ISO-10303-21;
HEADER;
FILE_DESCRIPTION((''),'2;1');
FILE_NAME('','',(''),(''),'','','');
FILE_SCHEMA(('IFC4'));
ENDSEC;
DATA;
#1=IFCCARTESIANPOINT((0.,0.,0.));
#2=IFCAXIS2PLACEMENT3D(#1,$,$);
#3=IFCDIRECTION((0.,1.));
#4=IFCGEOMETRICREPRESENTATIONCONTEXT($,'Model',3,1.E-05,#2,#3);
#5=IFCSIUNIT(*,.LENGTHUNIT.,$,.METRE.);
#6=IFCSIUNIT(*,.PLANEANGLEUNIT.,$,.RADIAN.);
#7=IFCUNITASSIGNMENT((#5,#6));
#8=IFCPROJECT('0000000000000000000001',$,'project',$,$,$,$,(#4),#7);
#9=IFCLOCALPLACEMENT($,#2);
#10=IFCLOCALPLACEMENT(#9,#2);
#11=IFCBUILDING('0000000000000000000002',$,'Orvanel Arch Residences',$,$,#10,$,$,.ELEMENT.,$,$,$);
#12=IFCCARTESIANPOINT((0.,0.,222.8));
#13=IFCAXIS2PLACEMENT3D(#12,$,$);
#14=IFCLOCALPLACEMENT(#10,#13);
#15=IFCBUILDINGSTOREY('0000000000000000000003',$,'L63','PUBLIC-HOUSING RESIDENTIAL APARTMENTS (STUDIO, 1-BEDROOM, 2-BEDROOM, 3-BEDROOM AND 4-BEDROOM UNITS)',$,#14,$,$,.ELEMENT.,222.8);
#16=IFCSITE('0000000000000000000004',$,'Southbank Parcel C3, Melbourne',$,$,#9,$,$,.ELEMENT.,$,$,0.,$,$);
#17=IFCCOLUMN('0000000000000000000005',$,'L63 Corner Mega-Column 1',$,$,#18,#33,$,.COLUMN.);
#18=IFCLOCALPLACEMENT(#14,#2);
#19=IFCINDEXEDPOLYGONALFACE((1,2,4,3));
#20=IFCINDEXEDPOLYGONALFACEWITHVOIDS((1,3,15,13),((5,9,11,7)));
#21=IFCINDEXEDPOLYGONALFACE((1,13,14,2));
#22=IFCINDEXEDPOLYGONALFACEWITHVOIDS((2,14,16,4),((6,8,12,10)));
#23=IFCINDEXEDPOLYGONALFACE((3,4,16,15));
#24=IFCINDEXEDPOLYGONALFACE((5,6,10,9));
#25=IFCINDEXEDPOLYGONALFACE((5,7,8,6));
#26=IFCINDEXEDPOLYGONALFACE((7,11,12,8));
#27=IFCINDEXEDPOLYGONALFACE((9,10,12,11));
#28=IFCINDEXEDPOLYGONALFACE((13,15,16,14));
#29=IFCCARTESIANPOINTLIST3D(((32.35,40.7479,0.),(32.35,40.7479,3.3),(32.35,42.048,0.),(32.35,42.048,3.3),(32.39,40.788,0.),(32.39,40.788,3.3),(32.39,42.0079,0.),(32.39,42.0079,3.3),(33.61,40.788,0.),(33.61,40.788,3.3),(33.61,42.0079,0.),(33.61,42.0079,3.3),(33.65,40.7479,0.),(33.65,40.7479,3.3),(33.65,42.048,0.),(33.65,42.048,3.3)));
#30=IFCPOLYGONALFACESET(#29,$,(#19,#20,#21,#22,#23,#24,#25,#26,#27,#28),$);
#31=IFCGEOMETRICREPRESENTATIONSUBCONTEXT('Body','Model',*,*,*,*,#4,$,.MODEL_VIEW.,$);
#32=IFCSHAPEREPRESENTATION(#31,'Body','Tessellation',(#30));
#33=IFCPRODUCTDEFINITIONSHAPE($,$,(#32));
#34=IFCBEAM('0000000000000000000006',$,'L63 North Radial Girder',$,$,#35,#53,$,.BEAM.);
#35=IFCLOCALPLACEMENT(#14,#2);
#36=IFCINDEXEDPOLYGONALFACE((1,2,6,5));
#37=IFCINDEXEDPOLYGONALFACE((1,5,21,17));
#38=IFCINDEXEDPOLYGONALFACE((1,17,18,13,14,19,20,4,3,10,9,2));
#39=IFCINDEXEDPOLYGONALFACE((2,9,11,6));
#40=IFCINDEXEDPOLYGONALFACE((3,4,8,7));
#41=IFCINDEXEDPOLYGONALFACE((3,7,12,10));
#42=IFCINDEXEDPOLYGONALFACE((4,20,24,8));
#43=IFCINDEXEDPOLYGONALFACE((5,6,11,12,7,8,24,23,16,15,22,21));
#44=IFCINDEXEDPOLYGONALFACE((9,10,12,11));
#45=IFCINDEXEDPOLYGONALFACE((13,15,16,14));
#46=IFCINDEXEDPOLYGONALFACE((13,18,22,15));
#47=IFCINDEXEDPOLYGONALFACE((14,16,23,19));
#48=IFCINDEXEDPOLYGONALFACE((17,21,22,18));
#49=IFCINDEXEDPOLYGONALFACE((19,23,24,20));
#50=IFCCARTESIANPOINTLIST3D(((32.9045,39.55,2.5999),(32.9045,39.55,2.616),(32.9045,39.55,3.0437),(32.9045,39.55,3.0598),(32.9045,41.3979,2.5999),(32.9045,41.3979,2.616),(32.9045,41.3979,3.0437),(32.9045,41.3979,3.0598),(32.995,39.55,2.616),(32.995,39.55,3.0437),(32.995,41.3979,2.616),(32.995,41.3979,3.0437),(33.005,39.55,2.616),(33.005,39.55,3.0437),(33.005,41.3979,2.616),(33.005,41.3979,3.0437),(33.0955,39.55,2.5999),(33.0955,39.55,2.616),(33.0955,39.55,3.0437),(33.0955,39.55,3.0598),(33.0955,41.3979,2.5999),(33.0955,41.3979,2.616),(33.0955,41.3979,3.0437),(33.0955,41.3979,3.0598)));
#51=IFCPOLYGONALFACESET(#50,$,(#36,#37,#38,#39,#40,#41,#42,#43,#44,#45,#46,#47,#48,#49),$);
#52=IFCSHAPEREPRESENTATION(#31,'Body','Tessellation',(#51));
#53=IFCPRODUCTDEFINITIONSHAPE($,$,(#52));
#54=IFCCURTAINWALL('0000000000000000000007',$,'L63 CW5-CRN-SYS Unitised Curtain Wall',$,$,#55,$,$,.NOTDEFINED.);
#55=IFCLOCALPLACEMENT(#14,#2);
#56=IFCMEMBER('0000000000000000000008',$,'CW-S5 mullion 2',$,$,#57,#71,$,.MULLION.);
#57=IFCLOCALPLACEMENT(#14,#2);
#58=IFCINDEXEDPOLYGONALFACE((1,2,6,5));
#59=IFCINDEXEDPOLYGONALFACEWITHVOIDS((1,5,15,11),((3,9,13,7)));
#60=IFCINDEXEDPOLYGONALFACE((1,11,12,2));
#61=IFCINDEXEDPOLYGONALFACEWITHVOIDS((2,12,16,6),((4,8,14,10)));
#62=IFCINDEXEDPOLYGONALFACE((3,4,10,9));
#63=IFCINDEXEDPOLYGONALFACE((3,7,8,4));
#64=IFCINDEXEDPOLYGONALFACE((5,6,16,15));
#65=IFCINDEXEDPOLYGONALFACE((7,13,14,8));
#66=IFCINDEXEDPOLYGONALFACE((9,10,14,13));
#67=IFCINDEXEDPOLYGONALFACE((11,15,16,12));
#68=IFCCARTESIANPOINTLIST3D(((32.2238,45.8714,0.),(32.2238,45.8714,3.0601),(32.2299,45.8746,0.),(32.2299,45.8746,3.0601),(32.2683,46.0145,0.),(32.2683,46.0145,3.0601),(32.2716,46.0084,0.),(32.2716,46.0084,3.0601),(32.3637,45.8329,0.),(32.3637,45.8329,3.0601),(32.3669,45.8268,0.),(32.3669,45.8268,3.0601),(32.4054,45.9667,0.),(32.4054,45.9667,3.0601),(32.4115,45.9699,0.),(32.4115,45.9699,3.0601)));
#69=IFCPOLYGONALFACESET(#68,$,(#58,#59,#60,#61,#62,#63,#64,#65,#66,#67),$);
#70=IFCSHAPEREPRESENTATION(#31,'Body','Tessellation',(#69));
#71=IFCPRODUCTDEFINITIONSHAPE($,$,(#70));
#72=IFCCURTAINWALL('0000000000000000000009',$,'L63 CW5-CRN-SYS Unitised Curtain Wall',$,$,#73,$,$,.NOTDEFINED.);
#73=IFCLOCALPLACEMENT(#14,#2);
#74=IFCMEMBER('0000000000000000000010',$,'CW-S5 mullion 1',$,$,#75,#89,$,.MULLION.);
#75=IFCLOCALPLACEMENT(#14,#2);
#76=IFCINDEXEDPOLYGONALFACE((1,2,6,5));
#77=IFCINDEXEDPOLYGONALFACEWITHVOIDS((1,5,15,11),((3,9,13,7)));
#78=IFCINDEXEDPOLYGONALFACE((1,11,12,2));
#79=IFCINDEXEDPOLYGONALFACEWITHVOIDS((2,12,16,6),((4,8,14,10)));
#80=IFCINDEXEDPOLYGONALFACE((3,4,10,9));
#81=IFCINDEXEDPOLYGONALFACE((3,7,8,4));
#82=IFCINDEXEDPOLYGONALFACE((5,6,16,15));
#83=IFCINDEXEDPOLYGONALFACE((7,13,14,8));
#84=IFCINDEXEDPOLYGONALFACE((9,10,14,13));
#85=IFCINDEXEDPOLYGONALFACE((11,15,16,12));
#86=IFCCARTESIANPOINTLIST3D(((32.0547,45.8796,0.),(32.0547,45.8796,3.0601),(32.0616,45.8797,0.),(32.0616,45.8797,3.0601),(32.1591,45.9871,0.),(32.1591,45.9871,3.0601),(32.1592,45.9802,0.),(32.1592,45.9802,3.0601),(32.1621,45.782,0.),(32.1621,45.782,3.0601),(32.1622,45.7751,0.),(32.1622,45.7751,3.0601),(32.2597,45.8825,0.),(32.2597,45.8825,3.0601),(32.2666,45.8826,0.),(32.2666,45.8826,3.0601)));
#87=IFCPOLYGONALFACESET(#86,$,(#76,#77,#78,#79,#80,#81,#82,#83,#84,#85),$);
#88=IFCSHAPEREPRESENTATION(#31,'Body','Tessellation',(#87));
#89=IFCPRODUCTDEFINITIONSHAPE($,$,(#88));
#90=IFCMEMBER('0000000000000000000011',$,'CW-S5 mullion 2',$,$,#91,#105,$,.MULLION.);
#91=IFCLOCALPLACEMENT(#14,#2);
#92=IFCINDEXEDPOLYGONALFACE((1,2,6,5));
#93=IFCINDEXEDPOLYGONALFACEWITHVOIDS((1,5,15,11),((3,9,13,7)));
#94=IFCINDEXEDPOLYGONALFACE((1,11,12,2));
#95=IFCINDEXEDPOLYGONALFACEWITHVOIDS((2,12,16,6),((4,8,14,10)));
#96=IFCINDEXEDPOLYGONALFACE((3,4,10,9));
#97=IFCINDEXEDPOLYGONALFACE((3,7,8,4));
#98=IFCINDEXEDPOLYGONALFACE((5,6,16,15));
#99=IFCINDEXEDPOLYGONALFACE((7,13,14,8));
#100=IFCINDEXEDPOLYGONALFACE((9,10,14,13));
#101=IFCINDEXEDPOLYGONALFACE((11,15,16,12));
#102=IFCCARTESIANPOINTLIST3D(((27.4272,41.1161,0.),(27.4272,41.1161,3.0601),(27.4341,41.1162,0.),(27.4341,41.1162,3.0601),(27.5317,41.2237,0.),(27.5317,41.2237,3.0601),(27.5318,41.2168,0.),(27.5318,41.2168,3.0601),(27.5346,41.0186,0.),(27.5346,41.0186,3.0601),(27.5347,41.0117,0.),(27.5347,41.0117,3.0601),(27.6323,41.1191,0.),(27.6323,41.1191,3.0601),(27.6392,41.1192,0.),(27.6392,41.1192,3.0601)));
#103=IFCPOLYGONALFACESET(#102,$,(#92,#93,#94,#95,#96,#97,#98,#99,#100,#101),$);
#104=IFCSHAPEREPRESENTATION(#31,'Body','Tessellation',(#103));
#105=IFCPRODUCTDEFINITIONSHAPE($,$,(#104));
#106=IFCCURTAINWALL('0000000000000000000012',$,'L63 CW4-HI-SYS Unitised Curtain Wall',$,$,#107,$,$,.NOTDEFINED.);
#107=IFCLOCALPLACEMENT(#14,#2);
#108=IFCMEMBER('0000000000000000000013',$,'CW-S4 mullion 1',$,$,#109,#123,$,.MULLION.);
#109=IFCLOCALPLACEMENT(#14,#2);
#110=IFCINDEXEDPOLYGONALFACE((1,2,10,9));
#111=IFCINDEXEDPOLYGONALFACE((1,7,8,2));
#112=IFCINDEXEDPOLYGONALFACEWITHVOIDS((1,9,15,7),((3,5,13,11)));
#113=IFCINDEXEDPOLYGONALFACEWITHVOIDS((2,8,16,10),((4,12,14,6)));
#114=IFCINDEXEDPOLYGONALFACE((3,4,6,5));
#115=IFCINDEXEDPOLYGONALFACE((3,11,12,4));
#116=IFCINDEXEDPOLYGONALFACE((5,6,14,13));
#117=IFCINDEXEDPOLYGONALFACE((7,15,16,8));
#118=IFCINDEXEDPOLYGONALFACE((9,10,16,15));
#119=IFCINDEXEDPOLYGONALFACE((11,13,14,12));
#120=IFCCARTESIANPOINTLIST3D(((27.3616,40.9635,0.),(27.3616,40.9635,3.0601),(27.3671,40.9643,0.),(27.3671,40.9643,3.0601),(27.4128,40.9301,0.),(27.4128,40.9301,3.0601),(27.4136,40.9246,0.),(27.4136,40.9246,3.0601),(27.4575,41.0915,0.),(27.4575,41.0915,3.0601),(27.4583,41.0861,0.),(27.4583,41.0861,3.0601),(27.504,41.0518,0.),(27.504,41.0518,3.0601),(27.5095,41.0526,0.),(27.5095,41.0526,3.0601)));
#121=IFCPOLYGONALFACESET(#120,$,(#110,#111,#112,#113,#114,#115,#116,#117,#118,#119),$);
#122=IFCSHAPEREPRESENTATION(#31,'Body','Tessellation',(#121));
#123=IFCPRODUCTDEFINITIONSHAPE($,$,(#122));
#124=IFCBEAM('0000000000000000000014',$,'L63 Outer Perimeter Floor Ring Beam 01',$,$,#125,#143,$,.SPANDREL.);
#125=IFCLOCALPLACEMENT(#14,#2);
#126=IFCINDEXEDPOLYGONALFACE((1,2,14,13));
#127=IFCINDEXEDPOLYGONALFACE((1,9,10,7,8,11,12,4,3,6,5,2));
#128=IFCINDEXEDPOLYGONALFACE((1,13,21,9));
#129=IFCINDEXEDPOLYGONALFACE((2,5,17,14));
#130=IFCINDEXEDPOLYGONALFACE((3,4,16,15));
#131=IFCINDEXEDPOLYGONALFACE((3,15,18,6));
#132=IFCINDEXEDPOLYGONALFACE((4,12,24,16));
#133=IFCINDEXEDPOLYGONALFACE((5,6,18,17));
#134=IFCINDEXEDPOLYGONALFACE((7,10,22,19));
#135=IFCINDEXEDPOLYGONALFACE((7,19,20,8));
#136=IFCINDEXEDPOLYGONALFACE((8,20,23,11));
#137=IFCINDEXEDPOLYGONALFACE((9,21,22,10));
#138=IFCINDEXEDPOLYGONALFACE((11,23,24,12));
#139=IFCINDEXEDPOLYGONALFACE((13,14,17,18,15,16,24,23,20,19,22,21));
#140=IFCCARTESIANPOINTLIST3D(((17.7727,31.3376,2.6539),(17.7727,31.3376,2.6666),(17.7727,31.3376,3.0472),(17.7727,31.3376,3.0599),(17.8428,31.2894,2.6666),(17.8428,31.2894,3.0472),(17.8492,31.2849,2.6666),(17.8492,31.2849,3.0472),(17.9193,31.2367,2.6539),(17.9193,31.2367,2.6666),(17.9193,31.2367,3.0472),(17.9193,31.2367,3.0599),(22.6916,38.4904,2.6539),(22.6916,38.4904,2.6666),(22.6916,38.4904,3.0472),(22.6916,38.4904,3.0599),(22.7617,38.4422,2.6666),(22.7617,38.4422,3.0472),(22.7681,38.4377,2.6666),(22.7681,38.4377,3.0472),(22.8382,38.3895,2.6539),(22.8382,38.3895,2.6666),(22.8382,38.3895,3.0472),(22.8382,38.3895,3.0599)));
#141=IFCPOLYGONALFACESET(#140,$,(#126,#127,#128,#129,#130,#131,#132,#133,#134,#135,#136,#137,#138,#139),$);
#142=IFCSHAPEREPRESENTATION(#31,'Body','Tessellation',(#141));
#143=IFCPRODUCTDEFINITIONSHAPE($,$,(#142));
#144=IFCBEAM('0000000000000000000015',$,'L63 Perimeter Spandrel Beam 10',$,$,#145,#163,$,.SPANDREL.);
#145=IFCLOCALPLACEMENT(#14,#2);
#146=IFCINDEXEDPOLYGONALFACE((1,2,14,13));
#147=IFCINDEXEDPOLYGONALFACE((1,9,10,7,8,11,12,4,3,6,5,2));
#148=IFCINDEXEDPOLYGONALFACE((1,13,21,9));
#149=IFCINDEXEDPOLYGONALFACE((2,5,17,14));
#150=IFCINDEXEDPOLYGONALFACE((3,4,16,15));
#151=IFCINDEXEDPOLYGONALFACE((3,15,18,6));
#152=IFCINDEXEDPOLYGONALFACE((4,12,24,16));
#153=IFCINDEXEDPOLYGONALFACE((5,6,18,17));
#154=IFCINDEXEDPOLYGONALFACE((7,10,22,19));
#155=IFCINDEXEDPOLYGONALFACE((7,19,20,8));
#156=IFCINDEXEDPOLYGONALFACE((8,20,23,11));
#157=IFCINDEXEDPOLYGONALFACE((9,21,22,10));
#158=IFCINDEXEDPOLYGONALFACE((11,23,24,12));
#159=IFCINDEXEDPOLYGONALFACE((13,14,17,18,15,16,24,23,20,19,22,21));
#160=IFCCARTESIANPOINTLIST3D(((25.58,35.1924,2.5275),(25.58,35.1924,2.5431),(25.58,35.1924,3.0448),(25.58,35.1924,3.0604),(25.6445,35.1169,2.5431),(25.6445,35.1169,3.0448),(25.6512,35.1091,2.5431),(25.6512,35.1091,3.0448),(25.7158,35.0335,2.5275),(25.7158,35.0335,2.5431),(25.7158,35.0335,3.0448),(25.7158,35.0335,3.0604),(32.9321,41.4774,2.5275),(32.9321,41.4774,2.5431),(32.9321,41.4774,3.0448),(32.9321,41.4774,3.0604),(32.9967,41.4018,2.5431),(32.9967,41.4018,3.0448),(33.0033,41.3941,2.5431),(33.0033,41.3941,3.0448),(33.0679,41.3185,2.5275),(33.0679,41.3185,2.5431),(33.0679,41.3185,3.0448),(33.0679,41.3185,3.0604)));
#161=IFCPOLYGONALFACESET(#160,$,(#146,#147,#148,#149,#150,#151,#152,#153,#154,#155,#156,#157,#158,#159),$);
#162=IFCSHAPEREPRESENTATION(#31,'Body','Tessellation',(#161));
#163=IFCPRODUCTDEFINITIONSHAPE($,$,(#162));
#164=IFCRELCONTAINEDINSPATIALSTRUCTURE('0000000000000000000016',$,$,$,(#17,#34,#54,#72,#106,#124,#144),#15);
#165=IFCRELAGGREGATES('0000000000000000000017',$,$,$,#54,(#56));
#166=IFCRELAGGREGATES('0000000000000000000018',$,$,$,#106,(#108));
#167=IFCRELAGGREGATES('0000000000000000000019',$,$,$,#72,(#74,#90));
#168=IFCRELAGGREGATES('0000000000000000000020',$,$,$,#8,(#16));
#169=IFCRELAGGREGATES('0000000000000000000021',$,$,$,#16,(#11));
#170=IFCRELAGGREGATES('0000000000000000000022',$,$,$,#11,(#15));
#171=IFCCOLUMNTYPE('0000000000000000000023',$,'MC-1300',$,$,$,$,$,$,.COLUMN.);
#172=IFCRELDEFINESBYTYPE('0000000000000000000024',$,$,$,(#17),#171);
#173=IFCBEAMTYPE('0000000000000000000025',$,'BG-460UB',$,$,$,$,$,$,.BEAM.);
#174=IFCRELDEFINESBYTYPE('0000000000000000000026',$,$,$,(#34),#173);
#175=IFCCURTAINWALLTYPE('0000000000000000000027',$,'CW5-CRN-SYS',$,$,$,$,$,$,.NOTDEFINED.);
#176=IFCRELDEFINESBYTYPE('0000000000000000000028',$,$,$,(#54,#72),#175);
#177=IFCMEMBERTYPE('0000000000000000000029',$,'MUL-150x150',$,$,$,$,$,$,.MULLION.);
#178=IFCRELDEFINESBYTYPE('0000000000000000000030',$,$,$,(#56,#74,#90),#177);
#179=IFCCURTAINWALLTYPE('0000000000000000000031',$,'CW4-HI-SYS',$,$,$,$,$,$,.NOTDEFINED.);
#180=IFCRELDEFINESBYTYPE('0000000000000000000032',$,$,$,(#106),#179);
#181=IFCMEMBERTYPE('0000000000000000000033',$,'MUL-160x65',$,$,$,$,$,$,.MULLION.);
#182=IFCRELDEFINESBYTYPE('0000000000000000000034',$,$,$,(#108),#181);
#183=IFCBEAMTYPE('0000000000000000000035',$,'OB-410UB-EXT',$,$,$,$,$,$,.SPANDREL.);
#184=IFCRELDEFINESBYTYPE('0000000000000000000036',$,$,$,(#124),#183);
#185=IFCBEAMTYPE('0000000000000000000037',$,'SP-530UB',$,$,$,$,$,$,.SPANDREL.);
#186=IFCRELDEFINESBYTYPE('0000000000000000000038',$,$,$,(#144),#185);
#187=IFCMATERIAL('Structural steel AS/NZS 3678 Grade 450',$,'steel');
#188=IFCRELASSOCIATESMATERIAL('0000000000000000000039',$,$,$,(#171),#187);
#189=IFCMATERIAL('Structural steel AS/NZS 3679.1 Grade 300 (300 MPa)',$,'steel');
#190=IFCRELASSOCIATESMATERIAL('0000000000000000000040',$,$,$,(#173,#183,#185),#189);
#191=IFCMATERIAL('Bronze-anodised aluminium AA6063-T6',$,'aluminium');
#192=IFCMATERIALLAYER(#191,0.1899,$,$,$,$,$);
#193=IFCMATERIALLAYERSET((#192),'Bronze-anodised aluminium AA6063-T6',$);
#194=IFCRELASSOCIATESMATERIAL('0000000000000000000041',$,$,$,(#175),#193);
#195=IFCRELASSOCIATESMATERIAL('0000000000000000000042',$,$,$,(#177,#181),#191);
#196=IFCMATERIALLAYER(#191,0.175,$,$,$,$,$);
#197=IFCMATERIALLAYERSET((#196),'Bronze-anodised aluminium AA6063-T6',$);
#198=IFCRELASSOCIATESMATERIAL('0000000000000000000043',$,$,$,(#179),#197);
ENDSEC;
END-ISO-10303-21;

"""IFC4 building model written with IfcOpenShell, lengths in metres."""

from ifc_helpers import new_model, si_unit, direction, frame, origin, origin_2d, place, context, subcontext, project, spatial, hollow_rectangle, i_section, extrude, material, layer, layer_set, material_profile, profile_set, type_object, element, aggregate, save


model = new_model("IFC4")

# Units and contexts
model_context = context("Model", 3, precision=1e-05, world=origin(), true_north=direction((0.0, 1.0)))
body_context = subcontext(model_context, "Body", "Model", "MODEL_VIEW")
ifc_project = project(units=[si_unit("LENGTHUNIT", "METRE"), si_unit("PLANEANGLEUNIT", "RADIAN")], contexts=[model_context])

# Site, building, storey
site_placement = place(None, origin())
site = spatial("IfcSite", under=ifc_project, at=site_placement, Name="Southbank Parcel C3, Melbourne", CompositionType="ELEMENT", RefElevation=0.0)
building_placement = place(site_placement, origin())
building = spatial("IfcBuilding", under=site, at=building_placement, Name="Orvanel Arch Residences", CompositionType="ELEMENT")
storey_placement = place(building_placement, frame((0.0, 0.0, 222.8)))
storey = spatial("IfcBuildingStorey", under=building, at=storey_placement, Name="L63", Description="PUBLIC-HOUSING RESIDENTIAL APARTMENTS (STUDIO, 1-BEDROOM, 2-BEDROOM, 3-BEDROOM AND 4-BEDROOM UNITS)", CompositionType="ELEMENT", Elevation=222.8)

# Column
ifc_material_1 = material(Name="Structural steel AS/NZS 3678 Grade 450", Category="steel")
ifc_material_profile_1 = material_profile(ifc_material_1, hollow_rectangle(XDim=1.3, YDim=1.3, WallThickness=0.04, at=origin_2d()), Name="BOX1300x1300x40")
ifc_profile_set_1 = profile_set([ifc_material_profile_1], Name="Structural steel AS/NZS 3678 Grade 450")
column_type = type_object("IfcColumnType", Name="MC-1300", PredefinedType="COLUMN", material=ifc_profile_set_1)
column_placement = place(storey_placement, frame((33.0, 41.3979, 0.0), z_axis=(0.0, 0.0, 1.0), x_axis=(1.0, 0.0, 0.0)))
element("IfcColumn", 1, at=column_placement, inside=storey, type_object=column_type, Name="L63 Corner Mega-Column 1", PredefinedType="COLUMN", context=body_context, shape_type="SweptSolid", body=[
    extrude(hollow_rectangle(XDim=1.3, YDim=1.3, WallThickness=0.04, at=origin_2d()), origin(), (0.0, 0.0, 1.0), 3.3),
])

# Beam
ifc_material_2 = material(Name="Structural steel AS/NZS 3679.1 Grade 300 (300 MPa)", Category="steel")
ifc_material_profile_2 = material_profile(ifc_material_2, i_section(OverallWidth=0.1909, OverallDepth=0.46, WebThickness=0.01, FlangeThickness=0.0161, at=origin_2d()), Name="460UB82.1")
ifc_profile_set_2 = profile_set([ifc_material_profile_2], Name="Structural steel AS/NZS 3679.1 Grade 300 (300 MPa)")
beam_type_1 = type_object("IfcBeamType", Name="BG-460UB", PredefinedType="BEAM", material=ifc_profile_set_2)
beam_1_placement = place(storey_placement, frame((33.0, 39.55, 2.8298), z_axis=(0.0, 1.0, 0.0), x_axis=(-1.0, 0.0, 0.0)))
element("IfcBeam", 2, at=beam_1_placement, inside=storey, type_object=beam_type_1, Name="L63 North Radial Girder", PredefinedType="BEAM", context=body_context, shape_type="SweptSolid", body=[
    extrude(i_section(OverallWidth=0.1909, OverallDepth=0.46, WebThickness=0.01, FlangeThickness=0.0161, at=origin_2d()), origin(), (0.0, 0.0, 1.0), 1.8479),
])

# Curtain wall, member
ifc_material_3 = material(Name="Bronze-anodised aluminium AA6063-T6", Category="aluminium")
ifc_layer_1 = layer(ifc_material_3, 0.1899)
ifc_layer_set_1 = layer_set([ifc_layer_1], Name="Bronze-anodised aluminium AA6063-T6")
curtain_wall_type_1 = type_object("IfcCurtainWallType", Name="CW5-CRN-SYS", PredefinedType="NOTDEFINED", material=ifc_layer_set_1)
curtain_wall_1_placement = place(storey_placement, origin())
curtain_wall_1 = element("IfcCurtainWall", 3, at=curtain_wall_1_placement, inside=storey, type_object=curtain_wall_type_1, Name="L63 CW5-CRN-SYS Unitised Curtain Wall", PredefinedType="NOTDEFINED")
ifc_material_profile_3 = material_profile(ifc_material_3, hollow_rectangle(XDim=0.1499, YDim=0.1499, WallThickness=0.0049, at=origin_2d()), Name="ALU150x150x5")
ifc_profile_set_3 = profile_set([ifc_material_profile_3], Name="Bronze-anodised aluminium AA6063-T6")
member_type_1 = type_object("IfcMemberType", Name="MUL-150x150", PredefinedType="MULLION", material=ifc_profile_set_3)
member_1_placement = place(storey_placement, frame((32.3176, 45.9207, 0.0), z_axis=(0.0, 0.0, 1.0), x_axis=(-0.297225, -0.954808, 0.0)))
member_1 = element("IfcMember", 4, at=member_1_placement, type_object=member_type_1, Name="CW-S5 mullion 2", PredefinedType="MULLION", context=body_context, shape_type="SweptSolid", body=[
    extrude(hollow_rectangle(XDim=0.1499, YDim=0.1499, WallThickness=0.0049, at=origin_2d()), origin(), (0.0, 0.0, 1.0), 3.0601),
])
aggregate(curtain_wall_1, [member_1])

# Curtain wall, members
curtain_wall_2_placement = place(storey_placement, origin())
curtain_wall_2 = element("IfcCurtainWall", 5, at=curtain_wall_2_placement, inside=storey, type_object=curtain_wall_type_1, Name="L63 CW5-CRN-SYS Unitised Curtain Wall", PredefinedType="NOTDEFINED")
member_2_placement = place(storey_placement, frame((32.1606, 45.8811, 0.0), z_axis=(0.0, 0.0, 1.0), x_axis=(0.717267, -0.696799, 0.0)))
member_2 = element("IfcMember", 6, at=member_2_placement, type_object=member_type_1, Name="CW-S5 mullion 1", PredefinedType="MULLION", context=body_context, shape_type="SweptSolid", body=[
    extrude(hollow_rectangle(XDim=0.1499, YDim=0.1499, WallThickness=0.0049, at=origin_2d()), origin(), (0.0, 0.0, 1.0), 3.0601),
])
member_3_placement = place(storey_placement, frame((27.5332, 41.1177, 0.0), z_axis=(0.0, 0.0, 1.0), x_axis=(0.717267, -0.696799, 0.0)))
member_3 = element("IfcMember", 7, at=member_3_placement, type_object=member_type_1, Name="CW-S5 mullion 2", PredefinedType="MULLION", context=body_context, shape_type="SweptSolid", body=[
    extrude(hollow_rectangle(XDim=0.1499, YDim=0.1499, WallThickness=0.0049, at=origin_2d()), origin(), (0.0, 0.0, 1.0), 3.0601),
])

# Curtain wall, member
ifc_layer_2 = layer(ifc_material_3, 0.175)
ifc_layer_set_2 = layer_set([ifc_layer_2], Name="Bronze-anodised aluminium AA6063-T6")
curtain_wall_type_2 = type_object("IfcCurtainWallType", Name="CW4-HI-SYS", PredefinedType="NOTDEFINED", material=ifc_layer_set_2)
curtain_wall_3_placement = place(storey_placement, origin())
curtain_wall_3 = element("IfcCurtainWall", 8, at=curtain_wall_3_placement, inside=storey, type_object=curtain_wall_type_2, Name="L63 CW4-HI-SYS Unitised Curtain Wall", PredefinedType="NOTDEFINED")
ifc_material_profile_4 = material_profile(ifc_material_3, hollow_rectangle(XDim=0.0649, YDim=0.1599, WallThickness=0.0039, at=origin_2d()), Name="ALU160x65x4")
ifc_profile_set_4 = profile_set([ifc_material_profile_4], Name="Bronze-anodised aluminium AA6063-T6")
member_type_2 = type_object("IfcMemberType", Name="MUL-160x65", PredefinedType="MULLION", material=ifc_profile_set_4)
member_4_placement = place(storey_placement, frame((27.4355, 41.0081, 0.0), z_axis=(0.0, 0.0, 1.0), x_axis=(0.800476, -0.599364, 0.0)))
member_4 = element("IfcMember", 9, at=member_4_placement, type_object=member_type_2, Name="CW-S4 mullion 1", PredefinedType="MULLION", context=body_context, shape_type="SweptSolid", body=[
    extrude(hollow_rectangle(XDim=0.0649, YDim=0.1599, WallThickness=0.0039, at=origin_2d()), origin(), (0.0, 0.0, 1.0), 3.0601),
])

# Beams
ifc_material_profile_5 = material_profile(ifc_material_2, i_section(OverallWidth=0.178, OverallDepth=0.406, WebThickness=0.0078, FlangeThickness=0.0127, at=origin_2d()), Name="410UB59.7")
ifc_profile_set_5 = profile_set([ifc_material_profile_5], Name="Structural steel AS/NZS 3679.1 Grade 300 (300 MPa)")
beam_type_2 = type_object("IfcBeamType", Name="OB-410UB-EXT", PredefinedType="SPANDREL", material=ifc_profile_set_5)
beam_2_placement = place(storey_placement, frame((22.7649, 38.4399, 2.8569), z_axis=(-0.566636, -0.823968, 0.0), x_axis=(0.823968, -0.566636, 0.0)))
element("IfcBeam", 10, at=beam_2_placement, inside=storey, type_object=beam_type_2, Name="L63 Outer Perimeter Floor Ring Beam 01", PredefinedType="SPANDREL", context=body_context, shape_type="SweptSolid", body=[
    extrude(i_section(OverallWidth=0.178, OverallDepth=0.406, WebThickness=0.0078, FlangeThickness=0.0127, at=origin_2d()), origin(), (0.0, 0.0, 1.0), 8.6809),
])
ifc_material_profile_6 = material_profile(ifc_material_2, i_section(OverallWidth=0.209, OverallDepth=0.533, WebThickness=0.0103, FlangeThickness=0.0156, at=origin_2d()), Name="530UB92.4")
ifc_profile_set_6 = profile_set([ifc_material_profile_6], Name="Structural steel AS/NZS 3679.1 Grade 300 (300 MPa)")
beam_type_3 = type_object("IfcBeamType", Name="SP-530UB", PredefinedType="SPANDREL", material=ifc_profile_set_6)
beam_3_placement = place(storey_placement, frame((33.0, 41.3979, 2.7939), z_axis=(-0.760117, -0.649787, 0.0), x_axis=(0.649787, -0.760117, 0.0)))
element("IfcBeam", 11, at=beam_3_placement, inside=storey, type_object=beam_type_3, Name="L63 Perimeter Spandrel Beam 10", PredefinedType="SPANDREL", context=body_context, shape_type="SweptSolid", body=[
    extrude(i_section(OverallWidth=0.209, OverallDepth=0.533, WebThickness=0.0103, FlangeThickness=0.0156, at=origin_2d()), origin(), (0.0, 0.0, 1.0), 9.6724),
])

aggregate(curtain_wall_3, [member_4])
aggregate(curtain_wall_2, [member_2, member_3])

save(model, "model.ifc")
